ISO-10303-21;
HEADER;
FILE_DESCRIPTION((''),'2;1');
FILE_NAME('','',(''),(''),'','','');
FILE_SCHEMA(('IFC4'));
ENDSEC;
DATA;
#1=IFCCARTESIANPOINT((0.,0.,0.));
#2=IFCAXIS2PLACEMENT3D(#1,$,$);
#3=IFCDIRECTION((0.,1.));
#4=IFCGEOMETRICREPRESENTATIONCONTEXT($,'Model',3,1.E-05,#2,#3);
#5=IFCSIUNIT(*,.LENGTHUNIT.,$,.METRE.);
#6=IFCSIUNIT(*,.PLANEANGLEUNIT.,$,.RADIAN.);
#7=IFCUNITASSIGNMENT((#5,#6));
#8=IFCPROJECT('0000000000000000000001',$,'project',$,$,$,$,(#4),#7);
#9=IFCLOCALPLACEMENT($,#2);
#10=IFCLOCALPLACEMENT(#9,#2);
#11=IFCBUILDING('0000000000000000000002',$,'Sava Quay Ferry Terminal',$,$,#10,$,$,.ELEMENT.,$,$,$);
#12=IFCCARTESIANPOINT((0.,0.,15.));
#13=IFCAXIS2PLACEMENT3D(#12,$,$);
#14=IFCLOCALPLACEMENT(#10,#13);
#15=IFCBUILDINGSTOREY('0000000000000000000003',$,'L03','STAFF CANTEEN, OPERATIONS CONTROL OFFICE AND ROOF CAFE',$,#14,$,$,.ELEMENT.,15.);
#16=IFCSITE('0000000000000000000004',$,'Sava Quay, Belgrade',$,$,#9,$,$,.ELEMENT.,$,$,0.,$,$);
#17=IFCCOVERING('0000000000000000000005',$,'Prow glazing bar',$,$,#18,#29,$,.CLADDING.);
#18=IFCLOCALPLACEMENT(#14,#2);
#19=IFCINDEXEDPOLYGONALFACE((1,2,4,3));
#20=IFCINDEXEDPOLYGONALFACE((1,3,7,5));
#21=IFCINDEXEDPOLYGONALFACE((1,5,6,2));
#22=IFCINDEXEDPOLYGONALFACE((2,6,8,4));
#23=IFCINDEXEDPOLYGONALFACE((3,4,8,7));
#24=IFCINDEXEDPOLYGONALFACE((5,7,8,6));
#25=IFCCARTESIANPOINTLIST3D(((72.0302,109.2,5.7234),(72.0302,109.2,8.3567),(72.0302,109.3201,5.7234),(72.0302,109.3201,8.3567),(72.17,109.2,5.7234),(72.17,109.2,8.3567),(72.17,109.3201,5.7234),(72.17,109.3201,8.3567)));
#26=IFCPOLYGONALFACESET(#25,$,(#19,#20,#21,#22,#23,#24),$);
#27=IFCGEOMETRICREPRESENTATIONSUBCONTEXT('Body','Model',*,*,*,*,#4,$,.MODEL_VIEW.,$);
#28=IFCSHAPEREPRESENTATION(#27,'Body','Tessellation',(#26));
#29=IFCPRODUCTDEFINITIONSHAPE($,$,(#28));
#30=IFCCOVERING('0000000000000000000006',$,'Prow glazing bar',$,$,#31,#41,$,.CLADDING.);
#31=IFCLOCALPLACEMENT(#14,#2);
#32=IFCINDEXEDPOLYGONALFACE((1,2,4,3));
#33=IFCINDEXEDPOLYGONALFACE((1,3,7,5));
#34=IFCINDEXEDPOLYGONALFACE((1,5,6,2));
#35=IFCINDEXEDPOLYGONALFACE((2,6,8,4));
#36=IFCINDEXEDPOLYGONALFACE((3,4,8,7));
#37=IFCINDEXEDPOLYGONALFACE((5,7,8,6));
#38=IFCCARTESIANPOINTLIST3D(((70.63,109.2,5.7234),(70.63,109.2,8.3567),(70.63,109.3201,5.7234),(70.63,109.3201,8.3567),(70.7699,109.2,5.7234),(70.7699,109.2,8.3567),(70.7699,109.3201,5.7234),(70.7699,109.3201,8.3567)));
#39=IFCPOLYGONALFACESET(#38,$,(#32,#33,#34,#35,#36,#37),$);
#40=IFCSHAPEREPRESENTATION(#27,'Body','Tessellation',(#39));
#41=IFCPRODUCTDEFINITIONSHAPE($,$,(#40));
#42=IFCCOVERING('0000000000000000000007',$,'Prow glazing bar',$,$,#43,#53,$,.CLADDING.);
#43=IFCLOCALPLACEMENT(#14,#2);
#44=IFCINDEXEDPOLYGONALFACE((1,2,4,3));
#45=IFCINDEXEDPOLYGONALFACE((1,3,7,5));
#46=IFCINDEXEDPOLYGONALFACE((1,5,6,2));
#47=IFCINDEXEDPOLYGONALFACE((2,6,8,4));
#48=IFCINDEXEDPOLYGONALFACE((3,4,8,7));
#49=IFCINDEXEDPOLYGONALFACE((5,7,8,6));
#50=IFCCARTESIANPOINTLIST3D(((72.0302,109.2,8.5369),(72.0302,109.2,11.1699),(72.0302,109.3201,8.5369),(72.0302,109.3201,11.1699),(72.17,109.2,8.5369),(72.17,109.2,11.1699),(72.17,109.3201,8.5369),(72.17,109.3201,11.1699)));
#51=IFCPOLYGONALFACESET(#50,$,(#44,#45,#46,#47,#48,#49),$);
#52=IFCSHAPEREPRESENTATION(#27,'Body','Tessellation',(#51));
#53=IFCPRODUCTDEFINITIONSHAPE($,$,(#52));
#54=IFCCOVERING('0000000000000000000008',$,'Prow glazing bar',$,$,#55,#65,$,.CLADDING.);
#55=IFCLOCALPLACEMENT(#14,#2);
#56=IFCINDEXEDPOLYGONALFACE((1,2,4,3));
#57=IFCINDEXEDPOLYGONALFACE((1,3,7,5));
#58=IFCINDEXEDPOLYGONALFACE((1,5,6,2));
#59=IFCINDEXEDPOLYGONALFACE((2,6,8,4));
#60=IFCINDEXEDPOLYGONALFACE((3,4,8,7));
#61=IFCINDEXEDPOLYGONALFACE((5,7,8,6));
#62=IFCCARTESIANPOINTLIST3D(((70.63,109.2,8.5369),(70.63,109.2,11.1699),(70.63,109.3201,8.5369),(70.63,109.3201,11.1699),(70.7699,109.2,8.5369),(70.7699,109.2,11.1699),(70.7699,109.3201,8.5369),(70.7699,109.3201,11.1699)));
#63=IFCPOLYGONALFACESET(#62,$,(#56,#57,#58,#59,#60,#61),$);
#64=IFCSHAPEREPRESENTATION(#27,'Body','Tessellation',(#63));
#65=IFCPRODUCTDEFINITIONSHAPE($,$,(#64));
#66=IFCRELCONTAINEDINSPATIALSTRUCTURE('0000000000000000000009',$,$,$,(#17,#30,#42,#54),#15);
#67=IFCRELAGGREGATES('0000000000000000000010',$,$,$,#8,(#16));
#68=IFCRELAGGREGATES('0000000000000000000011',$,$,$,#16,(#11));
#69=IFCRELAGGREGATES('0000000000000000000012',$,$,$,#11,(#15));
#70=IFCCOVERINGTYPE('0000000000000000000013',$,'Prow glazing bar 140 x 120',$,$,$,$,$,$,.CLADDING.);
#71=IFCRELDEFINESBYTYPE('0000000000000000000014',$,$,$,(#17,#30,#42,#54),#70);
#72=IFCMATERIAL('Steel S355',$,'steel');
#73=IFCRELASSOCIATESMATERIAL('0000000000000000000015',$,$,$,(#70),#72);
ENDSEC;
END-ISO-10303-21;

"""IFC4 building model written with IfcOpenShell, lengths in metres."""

from ifc_helpers import new_model, si_unit, direction, frame, origin, origin_2d, place, context, subcontext, project, spatial, rectangle, extrude, material, material_profile, profile_set, type_object, element, save


model = new_model("IFC4")

# Units and contexts
model_context = context("Model", 3, precision=1e-05, world=origin(), true_north=direction((0.0, 1.0)))
body_context = subcontext(model_context, "Body", "Model", "MODEL_VIEW")
ifc_project = project(units=[si_unit("LENGTHUNIT", "METRE"), si_unit("PLANEANGLEUNIT", "RADIAN")], contexts=[model_context])

# Site, building, storey
site_placement = place(None, origin())
site = spatial("IfcSite", under=ifc_project, at=site_placement, Name="Sava Quay, Belgrade", CompositionType="ELEMENT", RefElevation=0.0)
building_placement = place(site_placement, origin())
building = spatial("IfcBuilding", under=site, at=building_placement, Name="Sava Quay Ferry Terminal", CompositionType="ELEMENT")
storey_placement = place(building_placement, frame((0.0, 0.0, 15.0)))
storey = spatial("IfcBuildingStorey", under=building, at=storey_placement, Name="L03", Description="STAFF CANTEEN, OPERATIONS CONTROL OFFICE AND ROOF CAFE", CompositionType="ELEMENT", Elevation=15.0)

# Coverings
ifc_material_1 = material(Name="Steel S355", Category="steel")
ifc_material_profile_1 = material_profile(ifc_material_1, rectangle(XDim=0.1399, YDim=0.1201, at=origin_2d()), Name="Strip 140 x 120")
ifc_profile_set_1 = profile_set([ifc_material_profile_1], Name="Steel S355")
covering_type_1 = type_object("IfcCoveringType", Name="Prow glazing bar 140 x 120", PredefinedType="CLADDING", material=ifc_profile_set_1)
for number, where, z_axis, x_axis, name in (
    (1, (72.1001, 109.26, 5.7234), (0.0, 0.0, 1.0), (1.0, 0.0, 0.0), "Prow glazing bar"),
    (2, (70.7, 109.26, 5.7234), (0.0, 0.0, 1.0), (1.0, 0.0, 0.0), "Prow glazing bar"),
):
    element("IfcCovering", number, at=place(storey_placement, frame(where, z_axis=z_axis, x_axis=x_axis)), inside=storey, type_object=covering_type_1, Name=name, PredefinedType="CLADDING", context=body_context, shape_type="SweptSolid", body=[
        extrude(rectangle(XDim=0.1399, YDim=0.1201, at=origin_2d()), origin(), (0.0, 0.0, 1.0), 2.6333),
    ])
for number, where, z_axis, x_axis, name in (
    (3, (72.1001, 109.26, 8.5369), (0.0, 0.0, 1.0), (1.0, 0.0, 0.0), "Prow glazing bar"),
    (4, (70.7, 109.26, 8.5369), (0.0, 0.0, 1.0), (1.0, 0.0, 0.0), "Prow glazing bar"),
):
    element("IfcCovering", number, at=place(storey_placement, frame(where, z_axis=z_axis, x_axis=x_axis)), inside=storey, type_object=covering_type_1, Name=name, PredefinedType="CLADDING", context=body_context, shape_type="SweptSolid", body=[
        extrude(rectangle(XDim=0.1399, YDim=0.1201, at=origin_2d()), origin(), (0.0, 0.0, 1.0), 2.6331),
    ])

save(model, "model.ifc")
